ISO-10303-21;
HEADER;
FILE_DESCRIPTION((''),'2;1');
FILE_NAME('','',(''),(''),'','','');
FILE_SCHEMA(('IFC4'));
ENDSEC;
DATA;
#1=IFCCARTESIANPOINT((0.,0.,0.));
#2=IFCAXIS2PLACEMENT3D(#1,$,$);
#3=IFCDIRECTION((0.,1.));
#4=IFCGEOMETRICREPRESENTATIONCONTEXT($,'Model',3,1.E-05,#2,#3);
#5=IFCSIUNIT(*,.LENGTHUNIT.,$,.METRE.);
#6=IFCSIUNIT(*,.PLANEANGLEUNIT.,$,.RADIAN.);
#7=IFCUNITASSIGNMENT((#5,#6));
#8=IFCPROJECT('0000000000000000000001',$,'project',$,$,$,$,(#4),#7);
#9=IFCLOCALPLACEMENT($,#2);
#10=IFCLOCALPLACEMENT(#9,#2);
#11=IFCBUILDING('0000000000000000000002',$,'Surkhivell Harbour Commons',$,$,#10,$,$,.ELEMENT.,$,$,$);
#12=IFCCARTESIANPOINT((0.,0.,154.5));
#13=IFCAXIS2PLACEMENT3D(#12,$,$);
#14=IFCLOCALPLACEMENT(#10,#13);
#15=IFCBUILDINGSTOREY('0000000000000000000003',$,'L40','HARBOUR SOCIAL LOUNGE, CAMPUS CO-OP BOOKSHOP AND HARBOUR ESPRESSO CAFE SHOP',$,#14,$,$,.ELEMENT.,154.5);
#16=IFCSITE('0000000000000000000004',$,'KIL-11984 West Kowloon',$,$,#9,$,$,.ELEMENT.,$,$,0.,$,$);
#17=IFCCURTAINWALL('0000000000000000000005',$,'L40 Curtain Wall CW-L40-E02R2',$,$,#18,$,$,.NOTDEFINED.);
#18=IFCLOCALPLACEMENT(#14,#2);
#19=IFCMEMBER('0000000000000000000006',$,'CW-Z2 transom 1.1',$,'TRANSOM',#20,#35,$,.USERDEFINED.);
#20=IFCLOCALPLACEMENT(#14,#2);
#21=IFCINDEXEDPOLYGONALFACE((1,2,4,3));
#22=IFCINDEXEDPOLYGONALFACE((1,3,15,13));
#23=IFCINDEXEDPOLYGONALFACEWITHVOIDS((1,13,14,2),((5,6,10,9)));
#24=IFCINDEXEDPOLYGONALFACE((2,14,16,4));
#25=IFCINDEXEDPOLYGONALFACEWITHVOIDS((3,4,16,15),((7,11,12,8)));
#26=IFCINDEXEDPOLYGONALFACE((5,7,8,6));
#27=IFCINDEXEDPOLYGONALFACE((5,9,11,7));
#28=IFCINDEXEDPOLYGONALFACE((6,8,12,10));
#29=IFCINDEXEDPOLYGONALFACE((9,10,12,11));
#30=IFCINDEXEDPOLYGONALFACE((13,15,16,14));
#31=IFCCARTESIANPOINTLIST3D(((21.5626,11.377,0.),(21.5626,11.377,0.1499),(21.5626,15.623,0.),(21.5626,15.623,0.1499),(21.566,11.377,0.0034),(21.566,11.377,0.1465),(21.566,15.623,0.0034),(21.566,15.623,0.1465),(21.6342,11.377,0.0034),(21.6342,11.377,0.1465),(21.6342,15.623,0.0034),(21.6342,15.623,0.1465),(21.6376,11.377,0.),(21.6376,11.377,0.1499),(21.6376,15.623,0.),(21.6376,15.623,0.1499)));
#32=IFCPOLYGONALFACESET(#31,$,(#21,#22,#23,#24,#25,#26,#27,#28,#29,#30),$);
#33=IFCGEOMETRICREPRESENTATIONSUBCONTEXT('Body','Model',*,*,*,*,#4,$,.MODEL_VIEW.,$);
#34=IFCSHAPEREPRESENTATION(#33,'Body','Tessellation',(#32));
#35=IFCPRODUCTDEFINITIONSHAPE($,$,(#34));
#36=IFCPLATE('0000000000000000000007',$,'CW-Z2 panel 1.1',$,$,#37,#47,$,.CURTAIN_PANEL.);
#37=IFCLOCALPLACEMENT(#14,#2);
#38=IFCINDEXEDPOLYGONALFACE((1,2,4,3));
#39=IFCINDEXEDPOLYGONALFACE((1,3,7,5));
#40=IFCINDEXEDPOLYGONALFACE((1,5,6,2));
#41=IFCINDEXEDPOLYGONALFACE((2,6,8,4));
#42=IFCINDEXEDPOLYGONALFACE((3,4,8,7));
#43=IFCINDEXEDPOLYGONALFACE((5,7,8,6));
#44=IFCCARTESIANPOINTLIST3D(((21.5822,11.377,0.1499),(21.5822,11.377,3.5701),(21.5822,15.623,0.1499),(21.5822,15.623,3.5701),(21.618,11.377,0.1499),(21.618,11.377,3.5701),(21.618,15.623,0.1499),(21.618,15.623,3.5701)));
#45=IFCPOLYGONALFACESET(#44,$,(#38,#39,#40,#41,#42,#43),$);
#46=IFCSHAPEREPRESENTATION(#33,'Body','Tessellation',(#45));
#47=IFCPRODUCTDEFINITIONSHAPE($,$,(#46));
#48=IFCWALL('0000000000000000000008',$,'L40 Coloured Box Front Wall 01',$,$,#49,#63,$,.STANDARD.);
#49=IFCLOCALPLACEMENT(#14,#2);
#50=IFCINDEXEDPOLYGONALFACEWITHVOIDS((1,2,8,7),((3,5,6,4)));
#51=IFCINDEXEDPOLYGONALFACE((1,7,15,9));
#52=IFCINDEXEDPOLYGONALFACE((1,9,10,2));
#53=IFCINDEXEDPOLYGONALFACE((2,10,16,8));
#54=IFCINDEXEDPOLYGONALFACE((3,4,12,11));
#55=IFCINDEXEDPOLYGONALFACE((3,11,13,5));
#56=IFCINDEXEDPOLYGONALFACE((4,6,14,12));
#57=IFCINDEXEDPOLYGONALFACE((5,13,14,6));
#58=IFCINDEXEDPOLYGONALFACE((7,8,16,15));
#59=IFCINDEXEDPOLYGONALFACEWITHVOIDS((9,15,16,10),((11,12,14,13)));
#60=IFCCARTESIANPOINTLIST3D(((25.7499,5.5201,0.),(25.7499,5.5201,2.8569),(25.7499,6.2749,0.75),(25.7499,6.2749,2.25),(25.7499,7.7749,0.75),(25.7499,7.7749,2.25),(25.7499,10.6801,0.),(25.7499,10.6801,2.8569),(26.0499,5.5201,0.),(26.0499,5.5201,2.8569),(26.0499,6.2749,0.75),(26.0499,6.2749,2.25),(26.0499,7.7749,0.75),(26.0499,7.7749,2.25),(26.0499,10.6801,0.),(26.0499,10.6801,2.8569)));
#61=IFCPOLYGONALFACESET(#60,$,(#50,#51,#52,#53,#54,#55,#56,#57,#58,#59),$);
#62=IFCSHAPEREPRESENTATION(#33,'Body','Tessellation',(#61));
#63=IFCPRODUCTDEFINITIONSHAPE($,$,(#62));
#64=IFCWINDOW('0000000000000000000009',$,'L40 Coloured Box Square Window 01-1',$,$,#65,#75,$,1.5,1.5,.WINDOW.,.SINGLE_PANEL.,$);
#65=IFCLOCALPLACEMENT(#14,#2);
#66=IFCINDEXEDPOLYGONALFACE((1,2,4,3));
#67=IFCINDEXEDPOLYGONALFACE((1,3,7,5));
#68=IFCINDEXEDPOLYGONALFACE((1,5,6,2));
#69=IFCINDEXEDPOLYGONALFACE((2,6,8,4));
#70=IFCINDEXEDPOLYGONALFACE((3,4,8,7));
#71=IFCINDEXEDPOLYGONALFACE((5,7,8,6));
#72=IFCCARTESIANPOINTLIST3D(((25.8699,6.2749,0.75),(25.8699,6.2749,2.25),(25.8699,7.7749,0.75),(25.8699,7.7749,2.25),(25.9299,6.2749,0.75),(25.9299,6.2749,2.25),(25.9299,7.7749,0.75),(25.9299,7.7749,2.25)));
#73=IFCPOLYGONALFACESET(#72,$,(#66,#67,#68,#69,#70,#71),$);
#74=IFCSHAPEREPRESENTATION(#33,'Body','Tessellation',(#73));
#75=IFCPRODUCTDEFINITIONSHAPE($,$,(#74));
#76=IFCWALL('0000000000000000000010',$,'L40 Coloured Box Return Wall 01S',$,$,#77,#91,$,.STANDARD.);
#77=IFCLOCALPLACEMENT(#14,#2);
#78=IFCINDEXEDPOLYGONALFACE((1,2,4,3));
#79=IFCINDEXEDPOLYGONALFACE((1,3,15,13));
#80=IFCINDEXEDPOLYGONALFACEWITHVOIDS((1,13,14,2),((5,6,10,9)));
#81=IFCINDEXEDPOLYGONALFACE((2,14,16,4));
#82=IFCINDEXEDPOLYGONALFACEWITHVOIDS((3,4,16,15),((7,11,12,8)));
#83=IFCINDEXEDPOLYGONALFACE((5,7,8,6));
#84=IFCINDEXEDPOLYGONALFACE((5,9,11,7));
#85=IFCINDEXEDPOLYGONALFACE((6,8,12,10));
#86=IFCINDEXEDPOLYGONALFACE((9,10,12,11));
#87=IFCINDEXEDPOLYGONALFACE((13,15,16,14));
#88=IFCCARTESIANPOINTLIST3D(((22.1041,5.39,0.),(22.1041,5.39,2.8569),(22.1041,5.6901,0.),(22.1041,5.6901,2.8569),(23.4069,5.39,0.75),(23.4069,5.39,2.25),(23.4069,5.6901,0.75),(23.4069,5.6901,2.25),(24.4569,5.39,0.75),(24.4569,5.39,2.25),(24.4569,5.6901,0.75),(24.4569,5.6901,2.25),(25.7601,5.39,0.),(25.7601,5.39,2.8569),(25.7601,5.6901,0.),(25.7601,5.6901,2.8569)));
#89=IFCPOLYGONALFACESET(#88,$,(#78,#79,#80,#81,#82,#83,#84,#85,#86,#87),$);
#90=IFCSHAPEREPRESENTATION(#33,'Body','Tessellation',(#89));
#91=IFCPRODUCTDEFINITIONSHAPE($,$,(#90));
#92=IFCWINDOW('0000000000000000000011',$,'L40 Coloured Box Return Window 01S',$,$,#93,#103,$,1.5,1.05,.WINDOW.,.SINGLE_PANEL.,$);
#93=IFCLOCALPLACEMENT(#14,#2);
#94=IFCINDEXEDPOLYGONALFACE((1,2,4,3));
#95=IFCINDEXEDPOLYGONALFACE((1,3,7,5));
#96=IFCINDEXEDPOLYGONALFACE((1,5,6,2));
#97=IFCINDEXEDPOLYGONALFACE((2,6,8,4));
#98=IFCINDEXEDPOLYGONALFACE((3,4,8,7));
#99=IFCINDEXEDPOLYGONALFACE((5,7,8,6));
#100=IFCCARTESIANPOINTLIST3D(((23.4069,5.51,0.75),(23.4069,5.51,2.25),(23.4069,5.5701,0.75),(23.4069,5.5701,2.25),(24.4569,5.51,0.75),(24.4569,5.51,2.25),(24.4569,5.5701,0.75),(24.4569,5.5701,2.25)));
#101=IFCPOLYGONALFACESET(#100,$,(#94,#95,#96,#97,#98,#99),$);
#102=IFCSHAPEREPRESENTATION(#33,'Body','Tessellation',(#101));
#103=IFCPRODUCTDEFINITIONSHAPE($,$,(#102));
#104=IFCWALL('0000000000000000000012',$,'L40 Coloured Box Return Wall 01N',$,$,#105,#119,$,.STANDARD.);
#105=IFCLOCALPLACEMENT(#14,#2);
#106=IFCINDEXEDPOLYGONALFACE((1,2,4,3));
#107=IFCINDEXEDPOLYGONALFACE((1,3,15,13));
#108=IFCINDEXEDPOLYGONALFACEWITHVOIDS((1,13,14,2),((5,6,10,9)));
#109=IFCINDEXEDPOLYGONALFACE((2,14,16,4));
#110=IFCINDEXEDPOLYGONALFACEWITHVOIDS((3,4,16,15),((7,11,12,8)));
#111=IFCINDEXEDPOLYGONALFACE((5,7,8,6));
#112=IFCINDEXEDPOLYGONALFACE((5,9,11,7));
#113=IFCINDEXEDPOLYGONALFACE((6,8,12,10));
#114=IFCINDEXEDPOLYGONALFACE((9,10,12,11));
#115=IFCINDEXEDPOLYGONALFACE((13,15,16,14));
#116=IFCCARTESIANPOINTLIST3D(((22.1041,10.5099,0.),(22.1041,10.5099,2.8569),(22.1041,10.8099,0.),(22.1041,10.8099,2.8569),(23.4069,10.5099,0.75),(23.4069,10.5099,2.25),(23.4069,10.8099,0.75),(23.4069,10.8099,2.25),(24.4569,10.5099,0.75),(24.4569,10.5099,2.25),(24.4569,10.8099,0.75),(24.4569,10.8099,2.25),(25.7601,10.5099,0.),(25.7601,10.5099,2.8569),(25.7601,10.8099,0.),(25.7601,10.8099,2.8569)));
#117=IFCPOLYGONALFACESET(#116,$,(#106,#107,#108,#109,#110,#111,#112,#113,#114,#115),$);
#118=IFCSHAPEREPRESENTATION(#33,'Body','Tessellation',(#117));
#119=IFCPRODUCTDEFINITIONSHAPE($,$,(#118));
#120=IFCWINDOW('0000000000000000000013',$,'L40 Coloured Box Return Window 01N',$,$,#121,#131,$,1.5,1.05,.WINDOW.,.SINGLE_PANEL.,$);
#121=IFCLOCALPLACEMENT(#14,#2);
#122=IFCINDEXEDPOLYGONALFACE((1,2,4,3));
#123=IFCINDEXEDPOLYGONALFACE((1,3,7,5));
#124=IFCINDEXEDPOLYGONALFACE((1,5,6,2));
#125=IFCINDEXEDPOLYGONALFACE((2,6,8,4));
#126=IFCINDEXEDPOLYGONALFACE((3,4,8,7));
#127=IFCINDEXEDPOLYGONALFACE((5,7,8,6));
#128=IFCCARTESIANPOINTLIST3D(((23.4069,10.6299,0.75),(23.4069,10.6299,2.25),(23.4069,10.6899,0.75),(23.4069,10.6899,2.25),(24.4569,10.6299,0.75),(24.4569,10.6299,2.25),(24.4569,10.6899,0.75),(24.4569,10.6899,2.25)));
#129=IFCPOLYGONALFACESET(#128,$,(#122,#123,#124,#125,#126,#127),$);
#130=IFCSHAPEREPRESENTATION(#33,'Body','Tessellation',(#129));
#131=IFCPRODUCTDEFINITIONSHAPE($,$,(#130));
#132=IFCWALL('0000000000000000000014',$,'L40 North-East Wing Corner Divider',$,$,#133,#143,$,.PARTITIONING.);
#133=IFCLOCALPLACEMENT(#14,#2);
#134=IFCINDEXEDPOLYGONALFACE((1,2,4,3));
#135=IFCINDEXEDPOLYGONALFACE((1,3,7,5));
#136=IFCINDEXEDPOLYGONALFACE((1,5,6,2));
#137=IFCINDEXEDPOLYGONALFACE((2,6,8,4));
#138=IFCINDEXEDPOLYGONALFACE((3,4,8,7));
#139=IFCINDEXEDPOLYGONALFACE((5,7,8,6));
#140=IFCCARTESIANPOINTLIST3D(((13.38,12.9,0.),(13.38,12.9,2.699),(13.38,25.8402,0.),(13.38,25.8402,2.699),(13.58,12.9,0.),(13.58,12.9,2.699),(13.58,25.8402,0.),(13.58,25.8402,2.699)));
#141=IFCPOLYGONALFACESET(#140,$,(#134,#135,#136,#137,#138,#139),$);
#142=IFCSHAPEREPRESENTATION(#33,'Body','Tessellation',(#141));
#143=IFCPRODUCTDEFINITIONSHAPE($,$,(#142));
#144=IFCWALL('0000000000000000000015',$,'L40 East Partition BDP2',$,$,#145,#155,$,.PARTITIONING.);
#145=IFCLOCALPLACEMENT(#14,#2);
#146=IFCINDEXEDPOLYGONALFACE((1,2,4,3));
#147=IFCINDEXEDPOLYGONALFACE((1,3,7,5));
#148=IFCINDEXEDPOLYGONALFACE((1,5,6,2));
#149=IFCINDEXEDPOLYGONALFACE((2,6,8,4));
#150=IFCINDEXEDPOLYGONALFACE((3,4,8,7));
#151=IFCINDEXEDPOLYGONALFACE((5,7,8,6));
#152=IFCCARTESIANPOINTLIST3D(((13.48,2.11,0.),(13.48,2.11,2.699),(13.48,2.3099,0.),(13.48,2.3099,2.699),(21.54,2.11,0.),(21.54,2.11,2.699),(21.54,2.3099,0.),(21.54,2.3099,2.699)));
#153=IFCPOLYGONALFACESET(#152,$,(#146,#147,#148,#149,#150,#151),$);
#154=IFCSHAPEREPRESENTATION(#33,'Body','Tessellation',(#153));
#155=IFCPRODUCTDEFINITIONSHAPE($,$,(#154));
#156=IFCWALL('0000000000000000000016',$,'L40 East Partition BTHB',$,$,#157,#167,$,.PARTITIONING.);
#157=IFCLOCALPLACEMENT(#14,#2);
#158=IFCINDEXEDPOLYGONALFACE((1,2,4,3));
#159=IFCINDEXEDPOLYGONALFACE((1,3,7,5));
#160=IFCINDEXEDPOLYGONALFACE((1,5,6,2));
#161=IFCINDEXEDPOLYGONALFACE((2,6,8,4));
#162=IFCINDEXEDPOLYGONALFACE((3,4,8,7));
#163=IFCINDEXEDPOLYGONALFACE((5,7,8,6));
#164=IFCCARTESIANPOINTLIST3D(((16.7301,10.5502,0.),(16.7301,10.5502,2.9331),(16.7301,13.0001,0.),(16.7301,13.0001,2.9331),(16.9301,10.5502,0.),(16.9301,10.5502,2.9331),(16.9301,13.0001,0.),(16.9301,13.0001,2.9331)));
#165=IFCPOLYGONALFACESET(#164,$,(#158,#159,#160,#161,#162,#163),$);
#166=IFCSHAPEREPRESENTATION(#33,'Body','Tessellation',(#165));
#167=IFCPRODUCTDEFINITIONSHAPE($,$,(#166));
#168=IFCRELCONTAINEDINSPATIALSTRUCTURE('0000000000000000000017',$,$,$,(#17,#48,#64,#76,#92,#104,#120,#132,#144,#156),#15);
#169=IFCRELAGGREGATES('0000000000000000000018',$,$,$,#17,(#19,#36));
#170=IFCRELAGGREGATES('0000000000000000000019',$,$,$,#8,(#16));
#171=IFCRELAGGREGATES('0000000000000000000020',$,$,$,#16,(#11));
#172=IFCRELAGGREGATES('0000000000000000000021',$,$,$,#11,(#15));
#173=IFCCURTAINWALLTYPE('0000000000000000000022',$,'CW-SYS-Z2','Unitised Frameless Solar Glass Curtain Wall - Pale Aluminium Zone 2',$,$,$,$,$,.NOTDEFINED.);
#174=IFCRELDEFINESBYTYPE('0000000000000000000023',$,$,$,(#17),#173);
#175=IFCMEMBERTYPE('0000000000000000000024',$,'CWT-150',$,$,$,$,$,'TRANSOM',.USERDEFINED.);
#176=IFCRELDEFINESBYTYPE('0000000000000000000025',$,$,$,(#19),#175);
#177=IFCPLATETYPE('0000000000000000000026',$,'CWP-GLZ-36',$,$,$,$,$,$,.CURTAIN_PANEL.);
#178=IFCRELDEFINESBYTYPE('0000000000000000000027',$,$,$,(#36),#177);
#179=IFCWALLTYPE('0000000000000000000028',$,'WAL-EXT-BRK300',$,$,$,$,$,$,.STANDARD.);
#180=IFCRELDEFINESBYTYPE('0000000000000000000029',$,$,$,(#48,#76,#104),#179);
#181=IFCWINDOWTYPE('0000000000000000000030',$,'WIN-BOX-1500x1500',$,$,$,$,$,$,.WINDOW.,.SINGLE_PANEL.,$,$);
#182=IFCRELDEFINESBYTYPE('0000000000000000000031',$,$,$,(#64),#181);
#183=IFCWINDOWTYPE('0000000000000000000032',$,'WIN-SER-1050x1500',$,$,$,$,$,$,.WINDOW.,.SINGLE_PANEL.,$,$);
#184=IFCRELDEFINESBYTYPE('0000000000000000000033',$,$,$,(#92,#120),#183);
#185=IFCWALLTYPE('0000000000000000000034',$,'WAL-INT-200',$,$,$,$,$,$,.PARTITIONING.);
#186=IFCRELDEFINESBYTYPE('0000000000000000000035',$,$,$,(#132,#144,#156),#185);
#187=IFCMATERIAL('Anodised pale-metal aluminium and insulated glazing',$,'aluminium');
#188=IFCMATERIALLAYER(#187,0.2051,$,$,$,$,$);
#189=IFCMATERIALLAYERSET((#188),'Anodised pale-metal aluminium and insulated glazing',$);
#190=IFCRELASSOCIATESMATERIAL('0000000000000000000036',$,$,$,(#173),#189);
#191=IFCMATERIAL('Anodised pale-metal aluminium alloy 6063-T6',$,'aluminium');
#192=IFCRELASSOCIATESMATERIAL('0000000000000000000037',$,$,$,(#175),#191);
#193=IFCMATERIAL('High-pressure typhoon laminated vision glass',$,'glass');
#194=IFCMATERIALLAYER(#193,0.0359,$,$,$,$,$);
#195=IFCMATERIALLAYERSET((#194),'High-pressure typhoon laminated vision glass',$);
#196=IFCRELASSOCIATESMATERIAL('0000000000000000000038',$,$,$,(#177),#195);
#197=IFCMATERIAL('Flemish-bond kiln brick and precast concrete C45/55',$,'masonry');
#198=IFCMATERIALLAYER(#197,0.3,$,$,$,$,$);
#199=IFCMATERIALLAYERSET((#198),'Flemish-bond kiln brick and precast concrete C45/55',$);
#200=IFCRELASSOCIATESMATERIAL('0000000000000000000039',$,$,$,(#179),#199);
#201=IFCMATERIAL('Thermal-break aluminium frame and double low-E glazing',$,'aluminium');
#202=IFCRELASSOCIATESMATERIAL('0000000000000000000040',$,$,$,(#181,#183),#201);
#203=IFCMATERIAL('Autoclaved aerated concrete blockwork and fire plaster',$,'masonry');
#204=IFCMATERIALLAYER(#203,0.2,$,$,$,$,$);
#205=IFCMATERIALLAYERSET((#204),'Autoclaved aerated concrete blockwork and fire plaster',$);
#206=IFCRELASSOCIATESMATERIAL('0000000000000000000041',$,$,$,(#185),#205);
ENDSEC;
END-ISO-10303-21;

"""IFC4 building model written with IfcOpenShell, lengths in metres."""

from ifc_helpers import new_model, si_unit, direction, frame, frame_2d, origin, origin_2d, place, context, subcontext, project, spatial, rectangle, hollow_rectangle, extrude, material, layer, layer_set, material_profile, profile_set, type_object, element, fill, aggregate, save


model = new_model("IFC4")

# Units and contexts
model_context = context("Model", 3, precision=1e-05, world=origin(), true_north=direction((0.0, 1.0)))
body_context = subcontext(model_context, "Body", "Model", "MODEL_VIEW")
ifc_project = project(units=[si_unit("LENGTHUNIT", "METRE"), si_unit("PLANEANGLEUNIT", "RADIAN")], contexts=[model_context])

# Site, building, storey
site_placement = place(None, origin())
site = spatial("IfcSite", under=ifc_project, at=site_placement, Name="KIL-11984 West Kowloon", CompositionType="ELEMENT", RefElevation=0.0)
building_placement = place(site_placement, origin())
building = spatial("IfcBuilding", under=site, at=building_placement, Name="Surkhivell Harbour Commons", CompositionType="ELEMENT")
storey_placement = place(building_placement, frame((0.0, 0.0, 154.5)))
storey = spatial("IfcBuildingStorey", under=building, at=storey_placement, Name="L40", Description="HARBOUR SOCIAL LOUNGE, CAMPUS CO-OP BOOKSHOP AND HARBOUR ESPRESSO CAFE SHOP", CompositionType="ELEMENT", Elevation=154.5)

# Shared definitions
ifc_material_1 = material(Name="Anodised pale-metal aluminium and insulated glazing", Category="aluminium")
ifc_layer_1 = layer(ifc_material_1, 0.2051)
ifc_layer_set_1 = layer_set([ifc_layer_1], Name="Anodised pale-metal aluminium and insulated glazing")
curtain_wall_type = type_object("IfcCurtainWallType", Name="CW-SYS-Z2", Description="Unitised Frameless Solar Glass Curtain Wall - Pale Aluminium Zone 2", PredefinedType="NOTDEFINED", material=ifc_layer_set_1)
ifc_material_2 = material(Name="Anodised pale-metal aluminium alloy 6063-T6", Category="aluminium")

# Curtain wall, member, plate
curtain_wall_1_placement = place(storey_placement, origin())
curtain_wall_1 = element("IfcCurtainWall", 1, at=curtain_wall_1_placement, inside=storey, type_object=curtain_wall_type, Name="L40 Curtain Wall CW-L40-E02R2", PredefinedType="NOTDEFINED")
ifc_material_profile_1 = material_profile(ifc_material_2, hollow_rectangle(XDim=0.075, YDim=0.1499, WallThickness=0.0034, at=origin_2d()), Name="ALU-TRAN-75x150")
ifc_profile_set_1 = profile_set([ifc_material_profile_1], Name="Anodised pale-metal aluminium alloy 6063-T6")
member_type_1 = type_object("IfcMemberType", Name="CWT-150", ElementType="TRANSOM", PredefinedType="USERDEFINED", material=ifc_profile_set_1)
member_1_placement = place(storey_placement, frame((21.6001, 11.377, 0.075), z_axis=(0.0, 1.0, 0.0), x_axis=(-1.0, 0.0, 0.0)))
member_1 = element("IfcMember", 2, at=member_1_placement, type_object=member_type_1, Name="CW-Z2 transom 1.1", ObjectType="TRANSOM", PredefinedType="USERDEFINED", context=body_context, shape_type="SweptSolid", body=[
    extrude(hollow_rectangle(XDim=0.075, YDim=0.1499, WallThickness=0.0034, at=origin_2d()), origin(), (0.0, 0.0, 1.0), 4.2461),
])
ifc_material_3 = material(Name="High-pressure typhoon laminated vision glass", Category="glass")
ifc_layer_2 = layer(ifc_material_3, 0.0359)
ifc_layer_set_2 = layer_set([ifc_layer_2], Name="High-pressure typhoon laminated vision glass")
plate_type = type_object("IfcPlateType", Name="CWP-GLZ-36", PredefinedType="CURTAIN_PANEL", material=ifc_layer_set_2)
plate_placement = place(storey_placement, frame((21.6001, 11.377, 0.1499), z_axis=(0.0, 0.0, 1.0), x_axis=(0.0, 1.0, 0.0)))
plate = element("IfcPlate", 3, at=plate_placement, type_object=plate_type, Name="CW-Z2 panel 1.1", PredefinedType="CURTAIN_PANEL", context=body_context, shape_type="SweptSolid", body=[
    extrude(rectangle(XDim=4.2461, YDim=0.0359, at=frame_2d((2.123, 0.0))), origin(), (0.0, 0.0, 1.0), 3.4202),
])
aggregate(curtain_wall_1, [member_1, plate])

# Walls, openings, windows
ifc_material_4 = material(Name="Flemish-bond kiln brick and precast concrete C45/55", Category="masonry")
ifc_layer_3 = layer(ifc_material_4, 0.3)
ifc_layer_set_3 = layer_set([ifc_layer_3], Name="Flemish-bond kiln brick and precast concrete C45/55")
wall_type_1 = type_object("IfcWallType", Name="WAL-EXT-BRK300", PredefinedType="STANDARD", material=ifc_layer_set_3)
wall_1_placement = place(storey_placement, frame((25.8999, 5.52, 0.0), z_axis=(0.0, 0.0, 1.0), x_axis=(0.0, 1.0, 0.0)))
wall_1 = element("IfcWall", 4, at=wall_1_placement, inside=storey, type_object=wall_type_1, Name="L40 Coloured Box Front Wall 01", PredefinedType="STANDARD", context=body_context, shape_type="SweptSolid", body=[
    extrude(rectangle(XDim=5.1599, YDim=0.3, at=frame_2d((2.5801, 0.0))), origin(), (0.0, 0.0, 1.0), 2.8569),
])
opening_1_placement = place(wall_1_placement, frame((0.7549, 0.0, 0.75)))
opening_1 = element("IfcOpeningElement", 5, at=opening_1_placement, cuts=wall_1, PredefinedType="OPENING", context=body_context, shape_type="SweptSolid", body=[
    extrude(rectangle(XDim=1.5, YDim=1.5, at=frame_2d((0.75, 0.75))), frame((0.0, 0.1599, 0.0), z_axis=(0.0, -1.0, 0.0), x_axis=(1.0, 0.0, 0.0)), (0.0, 0.0, 1.0), 0.3201),
])
ifc_material_5 = material(Name="Thermal-break aluminium frame and double low-E glazing", Category="aluminium")
window_type_1 = type_object("IfcWindowType", Name="WIN-BOX-1500x1500", PartitioningType="SINGLE_PANEL", PredefinedType="WINDOW", material=ifc_material_5)
window_1_placement = place(opening_1_placement, origin())
window_1 = element("IfcWindow", 6, at=window_1_placement, inside=storey, type_object=window_type_1, Name="L40 Coloured Box Square Window 01-1", OverallHeight=1.5, OverallWidth=1.5, PartitioningType="SINGLE_PANEL", PredefinedType="WINDOW", context=body_context, shape_type="SweptSolid", body=[
    extrude(rectangle(XDim=1.5, YDim=1.5, at=frame_2d((0.75, 0.75))), frame((0.0, 0.03, 0.0), z_axis=(0.0, -1.0, 0.0), x_axis=(1.0, 0.0, 0.0)), (0.0, 0.0, 1.0), 0.0601),
])
fill(opening_1, window_1)
wall_2_placement = place(storey_placement, frame((22.104, 5.54, 0.0), z_axis=(0.0, 0.0, 1.0), x_axis=(1.0, 0.0, 0.0)))
wall_2 = element("IfcWall", 7, at=wall_2_placement, inside=storey, type_object=wall_type_1, Name="L40 Coloured Box Return Wall 01S", PredefinedType="STANDARD", context=body_context, shape_type="SweptSolid", body=[
    extrude(rectangle(XDim=3.656, YDim=0.3, at=frame_2d((1.8281, 0.0))), origin(), (0.0, 0.0, 1.0), 2.8569),
])
opening_2_placement = place(wall_2_placement, frame((1.303, 0.0, 0.75)))
opening_2 = element("IfcOpeningElement", 8, at=opening_2_placement, cuts=wall_2, PredefinedType="OPENING", context=body_context, shape_type="SweptSolid", body=[
    extrude(rectangle(XDim=1.05, YDim=1.5, at=frame_2d((0.5249, 0.75))), frame((0.0, 0.1599, 0.0), z_axis=(0.0, -1.0, 0.0), x_axis=(1.0, 0.0, 0.0)), (0.0, 0.0, 1.0), 0.3201),
])
window_type_2 = type_object("IfcWindowType", Name="WIN-SER-1050x1500", PartitioningType="SINGLE_PANEL", PredefinedType="WINDOW", material=ifc_material_5)
window_2_placement = place(opening_2_placement, origin())
window_2 = element("IfcWindow", 9, at=window_2_placement, inside=storey, type_object=window_type_2, Name="L40 Coloured Box Return Window 01S", OverallHeight=1.5, OverallWidth=1.05, PartitioningType="SINGLE_PANEL", PredefinedType="WINDOW", context=body_context, shape_type="SweptSolid", body=[
    extrude(rectangle(XDim=1.05, YDim=1.5, at=frame_2d((0.5249, 0.75))), frame((0.0, 0.03, 0.0), z_axis=(0.0, -1.0, 0.0), x_axis=(1.0, 0.0, 0.0)), (0.0, 0.0, 1.0), 0.0601),
])
fill(opening_2, window_2)
wall_3_placement = place(storey_placement, frame((22.104, 10.6599, 0.0), z_axis=(0.0, 0.0, 1.0), x_axis=(1.0, 0.0, 0.0)))
wall_3 = element("IfcWall", 10, at=wall_3_placement, inside=storey, type_object=wall_type_1, Name="L40 Coloured Box Return Wall 01N", PredefinedType="STANDARD", context=body_context, shape_type="SweptSolid", body=[
    extrude(rectangle(XDim=3.656, YDim=0.3, at=frame_2d((1.8281, 0.0))), origin(), (0.0, 0.0, 1.0), 2.8569),
])
opening_3_placement = place(wall_3_placement, frame((1.303, 0.0, 0.75)))
opening_3 = element("IfcOpeningElement", 11, at=opening_3_placement, cuts=wall_3, PredefinedType="OPENING", context=body_context, shape_type="SweptSolid", body=[
    extrude(rectangle(XDim=1.05, YDim=1.5, at=frame_2d((0.5249, 0.75))), frame((0.0, 0.1599, 0.0), z_axis=(0.0, -1.0, 0.0), x_axis=(1.0, 0.0, 0.0)), (0.0, 0.0, 1.0), 0.3201),
])
window_3_placement = place(opening_3_placement, origin())
window_3 = element("IfcWindow", 12, at=window_3_placement, inside=storey, type_object=window_type_2, Name="L40 Coloured Box Return Window 01N", OverallHeight=1.5, OverallWidth=1.05, PartitioningType="SINGLE_PANEL", PredefinedType="WINDOW", context=body_context, shape_type="SweptSolid", body=[
    extrude(rectangle(XDim=1.05, YDim=1.5, at=frame_2d((0.5249, 0.75))), frame((0.0, 0.03, 0.0), z_axis=(0.0, -1.0, 0.0), x_axis=(1.0, 0.0, 0.0)), (0.0, 0.0, 1.0), 0.0601),
])
fill(opening_3, window_3)

# Walls
ifc_material_6 = material(Name="Autoclaved aerated concrete blockwork and fire plaster", Category="masonry")
ifc_layer_4 = layer(ifc_material_6, 0.2)
ifc_layer_set_4 = layer_set([ifc_layer_4], Name="Autoclaved aerated concrete blockwork and fire plaster")
wall_type_2 = type_object("IfcWallType", Name="WAL-INT-200", PredefinedType="PARTITIONING", material=ifc_layer_set_4)
wall_4_placement = place(storey_placement, frame((13.48, 12.8999, 0.0), z_axis=(0.0, 0.0, 1.0), x_axis=(0.0, 1.0, 0.0)))
element("IfcWall", 13, at=wall_4_placement, inside=storey, type_object=wall_type_2, Name="L40 North-East Wing Corner Divider", PredefinedType="PARTITIONING", context=body_context, shape_type="SweptSolid", body=[
    extrude(rectangle(XDim=12.9402, YDim=0.2, at=frame_2d((6.4702, 0.0))), origin(), (0.0, 0.0, 1.0), 2.699),
])
wall_5_placement = place(storey_placement, frame((13.48, 2.21, 0.0), z_axis=(0.0, 0.0, 1.0), x_axis=(1.0, 0.0, 0.0)))
element("IfcWall", 14, at=wall_5_placement, inside=storey, type_object=wall_type_2, Name="L40 East Partition BDP2", PredefinedType="PARTITIONING", context=body_context, shape_type="SweptSolid", body=[
    extrude(rectangle(XDim=8.0601, YDim=0.2, at=frame_2d((4.03, 0.0))), origin(), (0.0, 0.0, 1.0), 2.699),
])
wall_6_placement = place(storey_placement, frame((16.8301, 10.55, 0.0), z_axis=(0.0, 0.0, 1.0), x_axis=(0.0, 1.0, 0.0)))
element("IfcWall", 15, at=wall_6_placement, inside=storey, type_object=wall_type_2, Name="L40 East Partition BTHB", PredefinedType="PARTITIONING", context=body_context, shape_type="SweptSolid", body=[
    extrude(rectangle(XDim=2.45, YDim=0.2, at=frame_2d((1.2251, 0.0))), origin(), (0.0, 0.0, 1.0), 2.9331),
])

save(model, "model.ifc")
